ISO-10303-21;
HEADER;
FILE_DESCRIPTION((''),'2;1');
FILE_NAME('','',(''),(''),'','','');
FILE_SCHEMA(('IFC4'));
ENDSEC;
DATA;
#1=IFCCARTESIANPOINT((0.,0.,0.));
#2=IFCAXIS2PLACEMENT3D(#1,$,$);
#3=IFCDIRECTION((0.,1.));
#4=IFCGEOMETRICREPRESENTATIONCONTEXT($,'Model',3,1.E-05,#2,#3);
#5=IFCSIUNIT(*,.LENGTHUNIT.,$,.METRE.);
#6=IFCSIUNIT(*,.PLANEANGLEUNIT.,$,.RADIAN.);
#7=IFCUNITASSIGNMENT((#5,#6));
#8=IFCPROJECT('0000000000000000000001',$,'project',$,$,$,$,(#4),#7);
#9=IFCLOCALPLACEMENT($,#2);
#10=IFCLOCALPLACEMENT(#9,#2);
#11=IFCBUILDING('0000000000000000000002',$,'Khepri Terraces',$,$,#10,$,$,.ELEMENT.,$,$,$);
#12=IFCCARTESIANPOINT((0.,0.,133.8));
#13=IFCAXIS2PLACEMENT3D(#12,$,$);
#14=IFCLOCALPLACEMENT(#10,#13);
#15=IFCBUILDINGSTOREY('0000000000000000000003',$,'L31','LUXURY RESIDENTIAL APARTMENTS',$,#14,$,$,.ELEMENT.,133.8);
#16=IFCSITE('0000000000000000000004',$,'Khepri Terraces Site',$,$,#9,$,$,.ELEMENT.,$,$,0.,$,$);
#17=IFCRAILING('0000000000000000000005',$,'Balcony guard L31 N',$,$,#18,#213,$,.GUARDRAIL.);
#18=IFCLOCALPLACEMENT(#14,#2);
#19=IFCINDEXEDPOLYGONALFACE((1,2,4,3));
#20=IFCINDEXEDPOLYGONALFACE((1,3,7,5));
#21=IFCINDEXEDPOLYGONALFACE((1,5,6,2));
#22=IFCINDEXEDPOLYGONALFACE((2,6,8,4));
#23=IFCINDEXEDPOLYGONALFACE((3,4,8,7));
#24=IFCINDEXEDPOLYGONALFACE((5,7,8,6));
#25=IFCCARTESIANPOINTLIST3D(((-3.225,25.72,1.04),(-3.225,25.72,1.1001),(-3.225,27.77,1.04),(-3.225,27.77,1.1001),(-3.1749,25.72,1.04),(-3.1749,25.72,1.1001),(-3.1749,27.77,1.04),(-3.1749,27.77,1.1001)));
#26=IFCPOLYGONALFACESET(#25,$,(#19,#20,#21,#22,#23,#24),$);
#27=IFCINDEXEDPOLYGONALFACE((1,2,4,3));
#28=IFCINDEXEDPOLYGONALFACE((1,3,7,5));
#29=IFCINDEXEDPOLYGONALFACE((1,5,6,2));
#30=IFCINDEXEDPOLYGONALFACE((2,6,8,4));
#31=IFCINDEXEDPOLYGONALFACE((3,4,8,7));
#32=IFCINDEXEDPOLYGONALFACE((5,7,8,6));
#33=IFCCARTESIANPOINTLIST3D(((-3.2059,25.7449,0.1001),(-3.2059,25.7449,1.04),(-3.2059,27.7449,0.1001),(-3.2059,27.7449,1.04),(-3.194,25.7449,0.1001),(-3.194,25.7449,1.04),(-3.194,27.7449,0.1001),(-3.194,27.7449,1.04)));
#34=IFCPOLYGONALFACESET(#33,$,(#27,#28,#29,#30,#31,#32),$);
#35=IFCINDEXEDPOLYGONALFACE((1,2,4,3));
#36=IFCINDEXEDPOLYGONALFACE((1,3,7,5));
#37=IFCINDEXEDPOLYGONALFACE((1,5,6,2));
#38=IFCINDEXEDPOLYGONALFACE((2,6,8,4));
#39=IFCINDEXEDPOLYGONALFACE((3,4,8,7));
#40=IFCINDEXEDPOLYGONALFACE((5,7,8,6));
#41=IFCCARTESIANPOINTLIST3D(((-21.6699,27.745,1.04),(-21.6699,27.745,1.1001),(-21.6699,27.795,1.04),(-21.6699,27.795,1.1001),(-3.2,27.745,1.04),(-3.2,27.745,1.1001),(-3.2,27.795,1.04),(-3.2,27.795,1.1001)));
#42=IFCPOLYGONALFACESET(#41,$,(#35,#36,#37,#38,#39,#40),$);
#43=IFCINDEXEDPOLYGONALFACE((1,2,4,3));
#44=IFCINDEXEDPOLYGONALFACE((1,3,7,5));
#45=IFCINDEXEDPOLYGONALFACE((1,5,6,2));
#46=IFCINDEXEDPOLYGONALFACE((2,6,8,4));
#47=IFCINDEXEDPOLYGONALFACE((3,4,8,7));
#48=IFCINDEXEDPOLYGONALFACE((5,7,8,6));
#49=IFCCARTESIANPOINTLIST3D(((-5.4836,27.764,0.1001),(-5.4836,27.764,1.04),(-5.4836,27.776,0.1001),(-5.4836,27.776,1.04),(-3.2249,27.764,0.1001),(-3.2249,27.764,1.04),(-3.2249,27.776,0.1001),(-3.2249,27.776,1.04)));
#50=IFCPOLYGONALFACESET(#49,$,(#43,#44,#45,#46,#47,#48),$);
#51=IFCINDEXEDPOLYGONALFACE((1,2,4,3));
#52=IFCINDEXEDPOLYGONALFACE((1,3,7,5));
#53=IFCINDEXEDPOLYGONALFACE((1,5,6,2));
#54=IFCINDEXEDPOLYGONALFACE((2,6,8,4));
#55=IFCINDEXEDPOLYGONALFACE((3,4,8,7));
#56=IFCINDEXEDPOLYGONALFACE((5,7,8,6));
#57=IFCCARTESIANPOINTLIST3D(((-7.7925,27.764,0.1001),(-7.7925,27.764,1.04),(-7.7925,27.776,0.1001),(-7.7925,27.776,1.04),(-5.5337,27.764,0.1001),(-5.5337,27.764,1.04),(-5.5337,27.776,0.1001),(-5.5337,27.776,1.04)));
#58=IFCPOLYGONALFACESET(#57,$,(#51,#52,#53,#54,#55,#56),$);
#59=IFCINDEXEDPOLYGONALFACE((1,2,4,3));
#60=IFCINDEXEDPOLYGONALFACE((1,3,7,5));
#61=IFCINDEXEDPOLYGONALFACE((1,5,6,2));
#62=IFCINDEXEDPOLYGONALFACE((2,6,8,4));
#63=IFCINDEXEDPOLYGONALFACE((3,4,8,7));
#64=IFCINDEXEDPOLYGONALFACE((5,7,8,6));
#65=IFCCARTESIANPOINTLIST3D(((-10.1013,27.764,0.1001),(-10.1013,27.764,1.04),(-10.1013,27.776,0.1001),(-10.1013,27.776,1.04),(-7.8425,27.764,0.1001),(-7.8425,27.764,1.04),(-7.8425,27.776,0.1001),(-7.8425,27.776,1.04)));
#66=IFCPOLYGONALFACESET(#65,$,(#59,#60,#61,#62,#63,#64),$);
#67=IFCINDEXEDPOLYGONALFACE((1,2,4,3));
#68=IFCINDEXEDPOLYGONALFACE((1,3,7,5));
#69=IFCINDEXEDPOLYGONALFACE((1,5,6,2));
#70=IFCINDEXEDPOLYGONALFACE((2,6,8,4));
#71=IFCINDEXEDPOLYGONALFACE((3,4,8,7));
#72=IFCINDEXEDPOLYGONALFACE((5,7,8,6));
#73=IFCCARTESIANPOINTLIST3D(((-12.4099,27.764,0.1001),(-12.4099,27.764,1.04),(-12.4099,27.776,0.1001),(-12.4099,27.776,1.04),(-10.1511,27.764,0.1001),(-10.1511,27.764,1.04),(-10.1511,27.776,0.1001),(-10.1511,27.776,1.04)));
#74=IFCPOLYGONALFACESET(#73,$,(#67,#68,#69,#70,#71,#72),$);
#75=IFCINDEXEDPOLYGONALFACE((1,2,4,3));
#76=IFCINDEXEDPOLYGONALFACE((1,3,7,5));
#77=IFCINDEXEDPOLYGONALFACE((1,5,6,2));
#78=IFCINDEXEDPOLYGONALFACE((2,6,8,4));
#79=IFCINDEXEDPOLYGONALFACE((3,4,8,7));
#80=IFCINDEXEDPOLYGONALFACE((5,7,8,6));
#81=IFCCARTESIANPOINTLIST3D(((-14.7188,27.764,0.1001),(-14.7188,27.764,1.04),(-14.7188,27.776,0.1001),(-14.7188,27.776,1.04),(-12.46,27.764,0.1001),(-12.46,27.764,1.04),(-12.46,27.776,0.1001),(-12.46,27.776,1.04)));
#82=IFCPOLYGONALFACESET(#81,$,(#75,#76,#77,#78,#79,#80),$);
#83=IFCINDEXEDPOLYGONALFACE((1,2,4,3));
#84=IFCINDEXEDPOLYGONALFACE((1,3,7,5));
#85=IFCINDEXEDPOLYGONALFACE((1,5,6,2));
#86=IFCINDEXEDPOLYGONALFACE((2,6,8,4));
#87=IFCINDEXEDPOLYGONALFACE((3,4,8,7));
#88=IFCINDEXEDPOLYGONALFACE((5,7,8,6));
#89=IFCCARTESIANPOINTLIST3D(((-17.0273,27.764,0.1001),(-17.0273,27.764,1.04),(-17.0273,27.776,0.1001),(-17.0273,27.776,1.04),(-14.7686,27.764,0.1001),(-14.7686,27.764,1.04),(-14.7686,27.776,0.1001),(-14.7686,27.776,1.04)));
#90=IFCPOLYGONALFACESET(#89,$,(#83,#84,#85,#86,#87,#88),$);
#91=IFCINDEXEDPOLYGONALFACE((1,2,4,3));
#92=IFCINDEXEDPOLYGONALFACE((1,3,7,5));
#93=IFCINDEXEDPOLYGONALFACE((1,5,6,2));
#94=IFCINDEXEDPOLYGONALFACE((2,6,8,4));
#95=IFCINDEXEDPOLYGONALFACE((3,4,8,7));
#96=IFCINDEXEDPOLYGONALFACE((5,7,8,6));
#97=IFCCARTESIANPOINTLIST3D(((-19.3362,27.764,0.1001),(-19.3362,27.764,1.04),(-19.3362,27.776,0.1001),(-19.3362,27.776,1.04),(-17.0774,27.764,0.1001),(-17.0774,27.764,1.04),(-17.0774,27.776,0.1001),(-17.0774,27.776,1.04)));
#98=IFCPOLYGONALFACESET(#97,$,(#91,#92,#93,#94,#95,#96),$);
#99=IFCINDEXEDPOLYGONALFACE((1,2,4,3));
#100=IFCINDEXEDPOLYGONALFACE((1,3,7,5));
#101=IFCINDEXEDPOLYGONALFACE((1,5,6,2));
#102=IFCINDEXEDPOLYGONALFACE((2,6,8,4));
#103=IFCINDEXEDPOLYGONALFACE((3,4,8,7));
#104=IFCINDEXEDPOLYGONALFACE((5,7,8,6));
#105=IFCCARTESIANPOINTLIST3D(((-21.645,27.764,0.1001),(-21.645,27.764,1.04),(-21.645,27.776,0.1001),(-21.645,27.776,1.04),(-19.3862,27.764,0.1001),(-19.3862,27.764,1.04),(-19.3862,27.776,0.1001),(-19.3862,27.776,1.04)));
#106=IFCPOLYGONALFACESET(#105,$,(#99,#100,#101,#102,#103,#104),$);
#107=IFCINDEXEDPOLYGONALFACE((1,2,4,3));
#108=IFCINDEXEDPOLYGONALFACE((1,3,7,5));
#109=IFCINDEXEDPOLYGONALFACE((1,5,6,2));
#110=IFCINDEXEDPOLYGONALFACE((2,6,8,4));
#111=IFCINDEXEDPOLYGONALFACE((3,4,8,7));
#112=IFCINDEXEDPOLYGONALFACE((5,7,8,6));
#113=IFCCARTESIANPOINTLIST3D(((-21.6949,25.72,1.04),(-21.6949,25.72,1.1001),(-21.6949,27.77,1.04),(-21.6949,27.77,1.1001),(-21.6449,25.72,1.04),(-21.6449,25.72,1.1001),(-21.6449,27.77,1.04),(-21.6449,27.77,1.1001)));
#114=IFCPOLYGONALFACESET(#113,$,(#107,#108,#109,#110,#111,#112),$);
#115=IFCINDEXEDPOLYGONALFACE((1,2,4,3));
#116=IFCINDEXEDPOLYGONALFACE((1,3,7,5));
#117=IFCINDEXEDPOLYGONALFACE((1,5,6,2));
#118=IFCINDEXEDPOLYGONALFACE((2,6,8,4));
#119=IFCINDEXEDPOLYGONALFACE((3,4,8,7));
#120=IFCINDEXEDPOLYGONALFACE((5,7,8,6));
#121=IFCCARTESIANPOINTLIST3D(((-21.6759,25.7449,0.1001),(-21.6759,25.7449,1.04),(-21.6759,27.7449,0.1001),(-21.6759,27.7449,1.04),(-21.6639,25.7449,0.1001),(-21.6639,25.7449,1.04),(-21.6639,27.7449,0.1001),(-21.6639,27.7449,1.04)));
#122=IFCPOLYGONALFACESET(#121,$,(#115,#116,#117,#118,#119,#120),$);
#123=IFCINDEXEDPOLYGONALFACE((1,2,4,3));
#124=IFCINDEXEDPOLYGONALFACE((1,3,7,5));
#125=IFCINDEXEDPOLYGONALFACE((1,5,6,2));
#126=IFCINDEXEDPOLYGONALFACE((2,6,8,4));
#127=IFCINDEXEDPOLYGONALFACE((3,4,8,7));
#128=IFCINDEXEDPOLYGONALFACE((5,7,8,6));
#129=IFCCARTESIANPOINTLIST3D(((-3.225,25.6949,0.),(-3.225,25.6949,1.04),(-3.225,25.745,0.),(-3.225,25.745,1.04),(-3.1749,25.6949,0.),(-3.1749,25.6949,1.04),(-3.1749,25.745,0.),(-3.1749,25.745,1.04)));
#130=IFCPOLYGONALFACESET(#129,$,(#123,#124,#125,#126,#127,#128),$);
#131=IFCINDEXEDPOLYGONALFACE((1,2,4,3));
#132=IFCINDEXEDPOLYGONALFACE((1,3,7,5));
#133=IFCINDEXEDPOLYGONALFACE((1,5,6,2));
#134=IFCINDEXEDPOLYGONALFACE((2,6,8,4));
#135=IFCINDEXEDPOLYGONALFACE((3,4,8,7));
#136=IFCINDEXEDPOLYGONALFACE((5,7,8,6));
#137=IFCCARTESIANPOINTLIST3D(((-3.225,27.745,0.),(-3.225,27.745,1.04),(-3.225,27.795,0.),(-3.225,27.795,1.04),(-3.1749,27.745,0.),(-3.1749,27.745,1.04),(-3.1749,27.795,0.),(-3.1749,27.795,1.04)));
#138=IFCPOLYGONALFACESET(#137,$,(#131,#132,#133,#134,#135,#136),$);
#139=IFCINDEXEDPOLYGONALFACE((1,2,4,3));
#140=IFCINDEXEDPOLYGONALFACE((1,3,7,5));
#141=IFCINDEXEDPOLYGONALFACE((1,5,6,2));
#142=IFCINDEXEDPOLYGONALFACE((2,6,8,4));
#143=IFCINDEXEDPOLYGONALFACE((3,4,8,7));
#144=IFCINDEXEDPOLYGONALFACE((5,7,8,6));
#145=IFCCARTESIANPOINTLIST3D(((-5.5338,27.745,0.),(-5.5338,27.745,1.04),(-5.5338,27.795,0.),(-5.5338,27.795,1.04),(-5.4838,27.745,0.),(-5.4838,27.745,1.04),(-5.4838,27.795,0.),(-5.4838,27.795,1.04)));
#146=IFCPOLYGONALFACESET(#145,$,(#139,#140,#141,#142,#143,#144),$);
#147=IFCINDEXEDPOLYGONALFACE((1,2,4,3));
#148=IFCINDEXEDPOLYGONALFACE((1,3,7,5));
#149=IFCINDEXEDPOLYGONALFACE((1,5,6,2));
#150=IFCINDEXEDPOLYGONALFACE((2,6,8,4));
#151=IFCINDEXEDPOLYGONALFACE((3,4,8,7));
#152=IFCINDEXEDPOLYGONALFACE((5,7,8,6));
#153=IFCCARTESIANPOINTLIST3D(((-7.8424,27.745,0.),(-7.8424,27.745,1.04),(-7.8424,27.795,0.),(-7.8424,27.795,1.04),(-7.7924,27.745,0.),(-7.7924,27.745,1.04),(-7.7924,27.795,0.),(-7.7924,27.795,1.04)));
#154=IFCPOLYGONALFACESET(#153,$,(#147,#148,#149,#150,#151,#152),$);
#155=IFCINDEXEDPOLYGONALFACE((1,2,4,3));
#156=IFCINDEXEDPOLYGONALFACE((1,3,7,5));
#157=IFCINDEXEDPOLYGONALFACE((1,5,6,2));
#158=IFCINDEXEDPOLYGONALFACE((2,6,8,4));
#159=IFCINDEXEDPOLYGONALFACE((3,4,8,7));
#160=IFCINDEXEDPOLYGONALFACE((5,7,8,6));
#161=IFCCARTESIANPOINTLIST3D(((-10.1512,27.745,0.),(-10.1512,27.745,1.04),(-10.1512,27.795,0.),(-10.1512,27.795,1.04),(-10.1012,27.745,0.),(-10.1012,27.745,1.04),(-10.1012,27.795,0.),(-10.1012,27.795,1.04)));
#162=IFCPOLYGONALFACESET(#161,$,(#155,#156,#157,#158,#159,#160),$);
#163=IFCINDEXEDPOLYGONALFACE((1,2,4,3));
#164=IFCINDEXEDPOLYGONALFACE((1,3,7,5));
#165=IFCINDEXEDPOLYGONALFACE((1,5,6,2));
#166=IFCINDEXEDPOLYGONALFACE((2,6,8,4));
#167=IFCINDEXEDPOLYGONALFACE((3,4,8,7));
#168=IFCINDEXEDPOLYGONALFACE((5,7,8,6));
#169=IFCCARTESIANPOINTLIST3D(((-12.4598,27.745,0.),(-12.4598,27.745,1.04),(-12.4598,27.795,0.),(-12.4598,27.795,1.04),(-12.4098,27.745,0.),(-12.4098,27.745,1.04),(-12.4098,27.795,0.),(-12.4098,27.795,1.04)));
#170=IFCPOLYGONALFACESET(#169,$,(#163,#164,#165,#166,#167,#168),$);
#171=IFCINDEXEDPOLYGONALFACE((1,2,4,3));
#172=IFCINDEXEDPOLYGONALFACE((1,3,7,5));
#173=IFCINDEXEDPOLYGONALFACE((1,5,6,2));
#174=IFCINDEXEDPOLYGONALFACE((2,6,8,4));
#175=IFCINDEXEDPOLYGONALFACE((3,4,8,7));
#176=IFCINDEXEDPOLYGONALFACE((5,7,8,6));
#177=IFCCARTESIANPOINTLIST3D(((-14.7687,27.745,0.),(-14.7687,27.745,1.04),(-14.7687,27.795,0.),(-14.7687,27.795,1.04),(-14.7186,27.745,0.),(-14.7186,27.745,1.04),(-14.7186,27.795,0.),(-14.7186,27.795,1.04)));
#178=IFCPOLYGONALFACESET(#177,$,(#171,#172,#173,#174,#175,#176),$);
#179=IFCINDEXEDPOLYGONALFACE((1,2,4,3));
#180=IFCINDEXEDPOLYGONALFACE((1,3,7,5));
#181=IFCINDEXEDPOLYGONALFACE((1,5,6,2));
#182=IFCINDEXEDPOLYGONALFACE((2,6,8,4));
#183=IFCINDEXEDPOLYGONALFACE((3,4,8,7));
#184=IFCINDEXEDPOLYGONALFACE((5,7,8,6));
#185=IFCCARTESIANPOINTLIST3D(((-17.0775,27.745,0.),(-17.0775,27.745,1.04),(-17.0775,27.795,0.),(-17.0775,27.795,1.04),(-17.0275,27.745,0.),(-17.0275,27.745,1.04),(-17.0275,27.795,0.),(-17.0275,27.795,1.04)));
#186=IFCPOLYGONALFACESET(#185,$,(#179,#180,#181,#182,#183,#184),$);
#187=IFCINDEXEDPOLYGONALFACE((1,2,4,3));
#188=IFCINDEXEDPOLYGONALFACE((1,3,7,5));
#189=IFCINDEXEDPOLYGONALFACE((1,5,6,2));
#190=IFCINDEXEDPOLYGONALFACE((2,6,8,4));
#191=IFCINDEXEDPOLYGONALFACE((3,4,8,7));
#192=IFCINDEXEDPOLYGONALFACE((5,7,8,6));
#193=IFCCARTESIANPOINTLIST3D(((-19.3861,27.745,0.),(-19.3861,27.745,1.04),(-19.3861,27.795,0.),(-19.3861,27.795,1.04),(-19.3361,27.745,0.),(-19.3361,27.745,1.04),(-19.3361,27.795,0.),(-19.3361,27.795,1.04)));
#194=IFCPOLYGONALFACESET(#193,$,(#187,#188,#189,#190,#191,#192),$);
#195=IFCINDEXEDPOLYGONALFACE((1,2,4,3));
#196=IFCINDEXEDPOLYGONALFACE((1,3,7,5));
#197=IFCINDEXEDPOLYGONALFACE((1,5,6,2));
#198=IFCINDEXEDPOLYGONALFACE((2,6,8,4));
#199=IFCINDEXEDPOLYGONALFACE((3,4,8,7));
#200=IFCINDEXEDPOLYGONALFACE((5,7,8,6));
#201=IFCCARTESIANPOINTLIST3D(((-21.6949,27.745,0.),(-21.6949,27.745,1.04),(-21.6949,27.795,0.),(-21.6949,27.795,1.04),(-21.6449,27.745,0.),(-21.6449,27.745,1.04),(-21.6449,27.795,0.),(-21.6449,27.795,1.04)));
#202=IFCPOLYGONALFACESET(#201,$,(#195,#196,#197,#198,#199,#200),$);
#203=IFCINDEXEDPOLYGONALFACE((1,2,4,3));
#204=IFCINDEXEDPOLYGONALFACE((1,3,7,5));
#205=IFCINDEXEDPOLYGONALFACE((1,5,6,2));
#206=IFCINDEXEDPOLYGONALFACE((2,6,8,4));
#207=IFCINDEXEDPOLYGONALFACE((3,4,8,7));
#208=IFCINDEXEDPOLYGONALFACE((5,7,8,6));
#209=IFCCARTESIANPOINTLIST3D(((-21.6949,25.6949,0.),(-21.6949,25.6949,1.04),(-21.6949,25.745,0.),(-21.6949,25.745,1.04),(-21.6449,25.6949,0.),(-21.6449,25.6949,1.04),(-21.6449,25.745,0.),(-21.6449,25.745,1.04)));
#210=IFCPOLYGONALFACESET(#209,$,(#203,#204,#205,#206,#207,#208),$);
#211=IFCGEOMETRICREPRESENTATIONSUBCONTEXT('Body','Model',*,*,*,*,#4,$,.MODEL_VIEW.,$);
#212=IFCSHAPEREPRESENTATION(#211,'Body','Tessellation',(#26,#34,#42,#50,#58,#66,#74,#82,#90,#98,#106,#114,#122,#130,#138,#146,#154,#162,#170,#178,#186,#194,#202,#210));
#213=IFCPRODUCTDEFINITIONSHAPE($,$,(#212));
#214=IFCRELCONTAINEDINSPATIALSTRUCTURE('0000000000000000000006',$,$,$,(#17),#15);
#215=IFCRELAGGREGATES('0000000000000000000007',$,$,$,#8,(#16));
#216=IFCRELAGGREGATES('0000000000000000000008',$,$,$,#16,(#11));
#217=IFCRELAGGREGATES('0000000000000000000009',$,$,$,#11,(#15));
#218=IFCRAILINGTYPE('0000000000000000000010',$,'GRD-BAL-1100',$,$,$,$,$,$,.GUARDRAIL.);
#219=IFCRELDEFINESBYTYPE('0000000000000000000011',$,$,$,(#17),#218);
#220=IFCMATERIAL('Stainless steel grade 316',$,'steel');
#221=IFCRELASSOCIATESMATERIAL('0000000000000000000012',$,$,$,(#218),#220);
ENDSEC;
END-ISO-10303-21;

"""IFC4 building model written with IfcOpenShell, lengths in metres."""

from ifc_helpers import new_model, si_unit, direction, frame, origin, origin_2d, place, context, subcontext, project, spatial, rectangle, extrude, material, type_object, element, save


model = new_model("IFC4")

# Units and contexts
model_context = context("Model", 3, precision=1e-05, world=origin(), true_north=direction((0.0, 1.0)))
body_context = subcontext(model_context, "Body", "Model", "MODEL_VIEW")
ifc_project = project(units=[si_unit("LENGTHUNIT", "METRE"), si_unit("PLANEANGLEUNIT", "RADIAN")], contexts=[model_context])

# Site, building, storey
site_placement = place(None, origin())
site = spatial("IfcSite", under=ifc_project, at=site_placement, Name="Khepri Terraces Site", CompositionType="ELEMENT", RefElevation=0.0)
building_placement = place(site_placement, origin())
building = spatial("IfcBuilding", under=site, at=building_placement, Name="Khepri Terraces", CompositionType="ELEMENT")
storey_placement = place(building_placement, frame((0.0, 0.0, 133.8)))
storey = spatial("IfcBuildingStorey", under=building, at=storey_placement, Name="L31", Description="LUXURY RESIDENTIAL APARTMENTS", CompositionType="ELEMENT", Elevation=133.8)

# Railing
ifc_material_1 = material(Name="Stainless steel grade 316", Category="steel")
railing_type_1 = type_object("IfcRailingType", Name="GRD-BAL-1100", PredefinedType="GUARDRAIL", material=ifc_material_1)
railing_1_placement = place(storey_placement, frame((-3.2, 25.72, 0.0)))
element("IfcRailing", 1, at=railing_1_placement, inside=storey, type_object=railing_type_1, Name="Balcony guard L31 N", PredefinedType="GUARDRAIL", context=body_context, shape_type="SweptSolid", body=[
    extrude(rectangle(XDim=0.05, YDim=0.0601, at=origin_2d()), frame((0.0, 0.0, 1.0701), z_axis=(0.0, 1.0, 0.0), x_axis=(-1.0, 0.0, 0.0)), (0.0, 0.0, 1.0), 2.05),
    extrude(rectangle(XDim=2.0, YDim=0.012, at=origin_2d()), frame((0.0, 1.0249, 0.1001), z_axis=(0.0, 0.0, 1.0), x_axis=(0.0, 1.0, 0.0)), (0.0, 0.0, 1.0), 0.9399),
    extrude(rectangle(XDim=0.05, YDim=0.0601, at=origin_2d()), frame((0.0, 2.05, 1.0701), z_axis=(-1.0, 0.0, 0.0), x_axis=(0.0, -1.0, 0.0)), (0.0, 0.0, 1.0), 18.47),
    extrude(rectangle(XDim=2.2588, YDim=0.012, at=origin_2d()), frame((-1.1543, 2.05, 0.1001), z_axis=(0.0, 0.0, 1.0), x_axis=(-1.0, 0.0, 0.0)), (0.0, 0.0, 1.0), 0.9399),
    extrude(rectangle(XDim=2.2588, YDim=0.012, at=origin_2d()), frame((-3.4631, 2.05, 0.1001), z_axis=(0.0, 0.0, 1.0), x_axis=(-1.0, 0.0, 0.0)), (0.0, 0.0, 1.0), 0.9399),
    extrude(rectangle(XDim=2.2588, YDim=0.012, at=origin_2d()), frame((-5.772, 2.05, 0.1001), z_axis=(0.0, 0.0, 1.0), x_axis=(-1.0, 0.0, 0.0)), (0.0, 0.0, 1.0), 0.9399),
    extrude(rectangle(XDim=2.2588, YDim=0.012, at=origin_2d()), frame((-8.0806, 2.05, 0.1001), z_axis=(0.0, 0.0, 1.0), x_axis=(-1.0, 0.0, 0.0)), (0.0, 0.0, 1.0), 0.9399),
    extrude(rectangle(XDim=2.2588, YDim=0.012, at=origin_2d()), frame((-10.3894, 2.05, 0.1001), z_axis=(0.0, 0.0, 1.0), x_axis=(-1.0, 0.0, 0.0)), (0.0, 0.0, 1.0), 0.9399),
    extrude(rectangle(XDim=2.2588, YDim=0.012, at=origin_2d()), frame((-12.698, 2.05, 0.1001), z_axis=(0.0, 0.0, 1.0), x_axis=(-1.0, 0.0, 0.0)), (0.0, 0.0, 1.0), 0.9399),
    extrude(rectangle(XDim=2.2588, YDim=0.012, at=origin_2d()), frame((-15.0068, 2.05, 0.1001), z_axis=(0.0, 0.0, 1.0), x_axis=(-1.0, 0.0, 0.0)), (0.0, 0.0, 1.0), 0.9399),
    extrude(rectangle(XDim=2.2588, YDim=0.012, at=origin_2d()), frame((-17.3157, 2.05, 0.1001), z_axis=(0.0, 0.0, 1.0), x_axis=(-1.0, 0.0, 0.0)), (0.0, 0.0, 1.0), 0.9399),
    extrude(rectangle(XDim=0.05, YDim=0.0601, at=origin_2d()), frame((-18.47, 2.05, 1.0701), z_axis=(0.0, -1.0, 0.0), x_axis=(1.0, 0.0, 0.0)), (0.0, 0.0, 1.0), 2.05),
    extrude(rectangle(XDim=2.0, YDim=0.012, at=origin_2d()), frame((-18.47, 1.0249, 0.1001), z_axis=(0.0, 0.0, 1.0), x_axis=(0.0, -1.0, 0.0)), (0.0, 0.0, 1.0), 0.9399),
    extrude(rectangle(XDim=0.05, YDim=0.05, at=origin_2d()), origin(), (0.0, 0.0, 1.0), 1.04),
    extrude(rectangle(XDim=0.05, YDim=0.05, at=origin_2d()), frame((0.0, 2.05, 0.0)), (0.0, 0.0, 1.0), 1.04),
    extrude(rectangle(XDim=0.05, YDim=0.05, at=origin_2d()), frame((-2.3088, 2.05, 0.0)), (0.0, 0.0, 1.0), 1.04),
    extrude(rectangle(XDim=0.05, YDim=0.05, at=origin_2d()), frame((-4.6174, 2.05, 0.0)), (0.0, 0.0, 1.0), 1.04),
    extrude(rectangle(XDim=0.05, YDim=0.05, at=origin_2d()), frame((-6.9263, 2.05, 0.0)), (0.0, 0.0, 1.0), 1.04),
    extrude(rectangle(XDim=0.05, YDim=0.05, at=origin_2d()), frame((-9.2349, 2.05, 0.0)), (0.0, 0.0, 1.0), 1.04),
    extrude(rectangle(XDim=0.05, YDim=0.05, at=origin_2d()), frame((-11.5437, 2.05, 0.0)), (0.0, 0.0, 1.0), 1.04),
    extrude(rectangle(XDim=0.05, YDim=0.05, at=origin_2d()), frame((-13.8525, 2.05, 0.0)), (0.0, 0.0, 1.0), 1.04),
    extrude(rectangle(XDim=0.05, YDim=0.05, at=origin_2d()), frame((-16.1611, 2.05, 0.0)), (0.0, 0.0, 1.0), 1.04),
    extrude(rectangle(XDim=0.05, YDim=0.05, at=origin_2d()), frame((-18.47, 2.05, 0.0)), (0.0, 0.0, 1.0), 1.04),
    extrude(rectangle(XDim=0.05, YDim=0.05, at=origin_2d()), frame((-18.47, 0.0, 0.0)), (0.0, 0.0, 1.0), 1.04),
])

save(model, "model.ifc")
